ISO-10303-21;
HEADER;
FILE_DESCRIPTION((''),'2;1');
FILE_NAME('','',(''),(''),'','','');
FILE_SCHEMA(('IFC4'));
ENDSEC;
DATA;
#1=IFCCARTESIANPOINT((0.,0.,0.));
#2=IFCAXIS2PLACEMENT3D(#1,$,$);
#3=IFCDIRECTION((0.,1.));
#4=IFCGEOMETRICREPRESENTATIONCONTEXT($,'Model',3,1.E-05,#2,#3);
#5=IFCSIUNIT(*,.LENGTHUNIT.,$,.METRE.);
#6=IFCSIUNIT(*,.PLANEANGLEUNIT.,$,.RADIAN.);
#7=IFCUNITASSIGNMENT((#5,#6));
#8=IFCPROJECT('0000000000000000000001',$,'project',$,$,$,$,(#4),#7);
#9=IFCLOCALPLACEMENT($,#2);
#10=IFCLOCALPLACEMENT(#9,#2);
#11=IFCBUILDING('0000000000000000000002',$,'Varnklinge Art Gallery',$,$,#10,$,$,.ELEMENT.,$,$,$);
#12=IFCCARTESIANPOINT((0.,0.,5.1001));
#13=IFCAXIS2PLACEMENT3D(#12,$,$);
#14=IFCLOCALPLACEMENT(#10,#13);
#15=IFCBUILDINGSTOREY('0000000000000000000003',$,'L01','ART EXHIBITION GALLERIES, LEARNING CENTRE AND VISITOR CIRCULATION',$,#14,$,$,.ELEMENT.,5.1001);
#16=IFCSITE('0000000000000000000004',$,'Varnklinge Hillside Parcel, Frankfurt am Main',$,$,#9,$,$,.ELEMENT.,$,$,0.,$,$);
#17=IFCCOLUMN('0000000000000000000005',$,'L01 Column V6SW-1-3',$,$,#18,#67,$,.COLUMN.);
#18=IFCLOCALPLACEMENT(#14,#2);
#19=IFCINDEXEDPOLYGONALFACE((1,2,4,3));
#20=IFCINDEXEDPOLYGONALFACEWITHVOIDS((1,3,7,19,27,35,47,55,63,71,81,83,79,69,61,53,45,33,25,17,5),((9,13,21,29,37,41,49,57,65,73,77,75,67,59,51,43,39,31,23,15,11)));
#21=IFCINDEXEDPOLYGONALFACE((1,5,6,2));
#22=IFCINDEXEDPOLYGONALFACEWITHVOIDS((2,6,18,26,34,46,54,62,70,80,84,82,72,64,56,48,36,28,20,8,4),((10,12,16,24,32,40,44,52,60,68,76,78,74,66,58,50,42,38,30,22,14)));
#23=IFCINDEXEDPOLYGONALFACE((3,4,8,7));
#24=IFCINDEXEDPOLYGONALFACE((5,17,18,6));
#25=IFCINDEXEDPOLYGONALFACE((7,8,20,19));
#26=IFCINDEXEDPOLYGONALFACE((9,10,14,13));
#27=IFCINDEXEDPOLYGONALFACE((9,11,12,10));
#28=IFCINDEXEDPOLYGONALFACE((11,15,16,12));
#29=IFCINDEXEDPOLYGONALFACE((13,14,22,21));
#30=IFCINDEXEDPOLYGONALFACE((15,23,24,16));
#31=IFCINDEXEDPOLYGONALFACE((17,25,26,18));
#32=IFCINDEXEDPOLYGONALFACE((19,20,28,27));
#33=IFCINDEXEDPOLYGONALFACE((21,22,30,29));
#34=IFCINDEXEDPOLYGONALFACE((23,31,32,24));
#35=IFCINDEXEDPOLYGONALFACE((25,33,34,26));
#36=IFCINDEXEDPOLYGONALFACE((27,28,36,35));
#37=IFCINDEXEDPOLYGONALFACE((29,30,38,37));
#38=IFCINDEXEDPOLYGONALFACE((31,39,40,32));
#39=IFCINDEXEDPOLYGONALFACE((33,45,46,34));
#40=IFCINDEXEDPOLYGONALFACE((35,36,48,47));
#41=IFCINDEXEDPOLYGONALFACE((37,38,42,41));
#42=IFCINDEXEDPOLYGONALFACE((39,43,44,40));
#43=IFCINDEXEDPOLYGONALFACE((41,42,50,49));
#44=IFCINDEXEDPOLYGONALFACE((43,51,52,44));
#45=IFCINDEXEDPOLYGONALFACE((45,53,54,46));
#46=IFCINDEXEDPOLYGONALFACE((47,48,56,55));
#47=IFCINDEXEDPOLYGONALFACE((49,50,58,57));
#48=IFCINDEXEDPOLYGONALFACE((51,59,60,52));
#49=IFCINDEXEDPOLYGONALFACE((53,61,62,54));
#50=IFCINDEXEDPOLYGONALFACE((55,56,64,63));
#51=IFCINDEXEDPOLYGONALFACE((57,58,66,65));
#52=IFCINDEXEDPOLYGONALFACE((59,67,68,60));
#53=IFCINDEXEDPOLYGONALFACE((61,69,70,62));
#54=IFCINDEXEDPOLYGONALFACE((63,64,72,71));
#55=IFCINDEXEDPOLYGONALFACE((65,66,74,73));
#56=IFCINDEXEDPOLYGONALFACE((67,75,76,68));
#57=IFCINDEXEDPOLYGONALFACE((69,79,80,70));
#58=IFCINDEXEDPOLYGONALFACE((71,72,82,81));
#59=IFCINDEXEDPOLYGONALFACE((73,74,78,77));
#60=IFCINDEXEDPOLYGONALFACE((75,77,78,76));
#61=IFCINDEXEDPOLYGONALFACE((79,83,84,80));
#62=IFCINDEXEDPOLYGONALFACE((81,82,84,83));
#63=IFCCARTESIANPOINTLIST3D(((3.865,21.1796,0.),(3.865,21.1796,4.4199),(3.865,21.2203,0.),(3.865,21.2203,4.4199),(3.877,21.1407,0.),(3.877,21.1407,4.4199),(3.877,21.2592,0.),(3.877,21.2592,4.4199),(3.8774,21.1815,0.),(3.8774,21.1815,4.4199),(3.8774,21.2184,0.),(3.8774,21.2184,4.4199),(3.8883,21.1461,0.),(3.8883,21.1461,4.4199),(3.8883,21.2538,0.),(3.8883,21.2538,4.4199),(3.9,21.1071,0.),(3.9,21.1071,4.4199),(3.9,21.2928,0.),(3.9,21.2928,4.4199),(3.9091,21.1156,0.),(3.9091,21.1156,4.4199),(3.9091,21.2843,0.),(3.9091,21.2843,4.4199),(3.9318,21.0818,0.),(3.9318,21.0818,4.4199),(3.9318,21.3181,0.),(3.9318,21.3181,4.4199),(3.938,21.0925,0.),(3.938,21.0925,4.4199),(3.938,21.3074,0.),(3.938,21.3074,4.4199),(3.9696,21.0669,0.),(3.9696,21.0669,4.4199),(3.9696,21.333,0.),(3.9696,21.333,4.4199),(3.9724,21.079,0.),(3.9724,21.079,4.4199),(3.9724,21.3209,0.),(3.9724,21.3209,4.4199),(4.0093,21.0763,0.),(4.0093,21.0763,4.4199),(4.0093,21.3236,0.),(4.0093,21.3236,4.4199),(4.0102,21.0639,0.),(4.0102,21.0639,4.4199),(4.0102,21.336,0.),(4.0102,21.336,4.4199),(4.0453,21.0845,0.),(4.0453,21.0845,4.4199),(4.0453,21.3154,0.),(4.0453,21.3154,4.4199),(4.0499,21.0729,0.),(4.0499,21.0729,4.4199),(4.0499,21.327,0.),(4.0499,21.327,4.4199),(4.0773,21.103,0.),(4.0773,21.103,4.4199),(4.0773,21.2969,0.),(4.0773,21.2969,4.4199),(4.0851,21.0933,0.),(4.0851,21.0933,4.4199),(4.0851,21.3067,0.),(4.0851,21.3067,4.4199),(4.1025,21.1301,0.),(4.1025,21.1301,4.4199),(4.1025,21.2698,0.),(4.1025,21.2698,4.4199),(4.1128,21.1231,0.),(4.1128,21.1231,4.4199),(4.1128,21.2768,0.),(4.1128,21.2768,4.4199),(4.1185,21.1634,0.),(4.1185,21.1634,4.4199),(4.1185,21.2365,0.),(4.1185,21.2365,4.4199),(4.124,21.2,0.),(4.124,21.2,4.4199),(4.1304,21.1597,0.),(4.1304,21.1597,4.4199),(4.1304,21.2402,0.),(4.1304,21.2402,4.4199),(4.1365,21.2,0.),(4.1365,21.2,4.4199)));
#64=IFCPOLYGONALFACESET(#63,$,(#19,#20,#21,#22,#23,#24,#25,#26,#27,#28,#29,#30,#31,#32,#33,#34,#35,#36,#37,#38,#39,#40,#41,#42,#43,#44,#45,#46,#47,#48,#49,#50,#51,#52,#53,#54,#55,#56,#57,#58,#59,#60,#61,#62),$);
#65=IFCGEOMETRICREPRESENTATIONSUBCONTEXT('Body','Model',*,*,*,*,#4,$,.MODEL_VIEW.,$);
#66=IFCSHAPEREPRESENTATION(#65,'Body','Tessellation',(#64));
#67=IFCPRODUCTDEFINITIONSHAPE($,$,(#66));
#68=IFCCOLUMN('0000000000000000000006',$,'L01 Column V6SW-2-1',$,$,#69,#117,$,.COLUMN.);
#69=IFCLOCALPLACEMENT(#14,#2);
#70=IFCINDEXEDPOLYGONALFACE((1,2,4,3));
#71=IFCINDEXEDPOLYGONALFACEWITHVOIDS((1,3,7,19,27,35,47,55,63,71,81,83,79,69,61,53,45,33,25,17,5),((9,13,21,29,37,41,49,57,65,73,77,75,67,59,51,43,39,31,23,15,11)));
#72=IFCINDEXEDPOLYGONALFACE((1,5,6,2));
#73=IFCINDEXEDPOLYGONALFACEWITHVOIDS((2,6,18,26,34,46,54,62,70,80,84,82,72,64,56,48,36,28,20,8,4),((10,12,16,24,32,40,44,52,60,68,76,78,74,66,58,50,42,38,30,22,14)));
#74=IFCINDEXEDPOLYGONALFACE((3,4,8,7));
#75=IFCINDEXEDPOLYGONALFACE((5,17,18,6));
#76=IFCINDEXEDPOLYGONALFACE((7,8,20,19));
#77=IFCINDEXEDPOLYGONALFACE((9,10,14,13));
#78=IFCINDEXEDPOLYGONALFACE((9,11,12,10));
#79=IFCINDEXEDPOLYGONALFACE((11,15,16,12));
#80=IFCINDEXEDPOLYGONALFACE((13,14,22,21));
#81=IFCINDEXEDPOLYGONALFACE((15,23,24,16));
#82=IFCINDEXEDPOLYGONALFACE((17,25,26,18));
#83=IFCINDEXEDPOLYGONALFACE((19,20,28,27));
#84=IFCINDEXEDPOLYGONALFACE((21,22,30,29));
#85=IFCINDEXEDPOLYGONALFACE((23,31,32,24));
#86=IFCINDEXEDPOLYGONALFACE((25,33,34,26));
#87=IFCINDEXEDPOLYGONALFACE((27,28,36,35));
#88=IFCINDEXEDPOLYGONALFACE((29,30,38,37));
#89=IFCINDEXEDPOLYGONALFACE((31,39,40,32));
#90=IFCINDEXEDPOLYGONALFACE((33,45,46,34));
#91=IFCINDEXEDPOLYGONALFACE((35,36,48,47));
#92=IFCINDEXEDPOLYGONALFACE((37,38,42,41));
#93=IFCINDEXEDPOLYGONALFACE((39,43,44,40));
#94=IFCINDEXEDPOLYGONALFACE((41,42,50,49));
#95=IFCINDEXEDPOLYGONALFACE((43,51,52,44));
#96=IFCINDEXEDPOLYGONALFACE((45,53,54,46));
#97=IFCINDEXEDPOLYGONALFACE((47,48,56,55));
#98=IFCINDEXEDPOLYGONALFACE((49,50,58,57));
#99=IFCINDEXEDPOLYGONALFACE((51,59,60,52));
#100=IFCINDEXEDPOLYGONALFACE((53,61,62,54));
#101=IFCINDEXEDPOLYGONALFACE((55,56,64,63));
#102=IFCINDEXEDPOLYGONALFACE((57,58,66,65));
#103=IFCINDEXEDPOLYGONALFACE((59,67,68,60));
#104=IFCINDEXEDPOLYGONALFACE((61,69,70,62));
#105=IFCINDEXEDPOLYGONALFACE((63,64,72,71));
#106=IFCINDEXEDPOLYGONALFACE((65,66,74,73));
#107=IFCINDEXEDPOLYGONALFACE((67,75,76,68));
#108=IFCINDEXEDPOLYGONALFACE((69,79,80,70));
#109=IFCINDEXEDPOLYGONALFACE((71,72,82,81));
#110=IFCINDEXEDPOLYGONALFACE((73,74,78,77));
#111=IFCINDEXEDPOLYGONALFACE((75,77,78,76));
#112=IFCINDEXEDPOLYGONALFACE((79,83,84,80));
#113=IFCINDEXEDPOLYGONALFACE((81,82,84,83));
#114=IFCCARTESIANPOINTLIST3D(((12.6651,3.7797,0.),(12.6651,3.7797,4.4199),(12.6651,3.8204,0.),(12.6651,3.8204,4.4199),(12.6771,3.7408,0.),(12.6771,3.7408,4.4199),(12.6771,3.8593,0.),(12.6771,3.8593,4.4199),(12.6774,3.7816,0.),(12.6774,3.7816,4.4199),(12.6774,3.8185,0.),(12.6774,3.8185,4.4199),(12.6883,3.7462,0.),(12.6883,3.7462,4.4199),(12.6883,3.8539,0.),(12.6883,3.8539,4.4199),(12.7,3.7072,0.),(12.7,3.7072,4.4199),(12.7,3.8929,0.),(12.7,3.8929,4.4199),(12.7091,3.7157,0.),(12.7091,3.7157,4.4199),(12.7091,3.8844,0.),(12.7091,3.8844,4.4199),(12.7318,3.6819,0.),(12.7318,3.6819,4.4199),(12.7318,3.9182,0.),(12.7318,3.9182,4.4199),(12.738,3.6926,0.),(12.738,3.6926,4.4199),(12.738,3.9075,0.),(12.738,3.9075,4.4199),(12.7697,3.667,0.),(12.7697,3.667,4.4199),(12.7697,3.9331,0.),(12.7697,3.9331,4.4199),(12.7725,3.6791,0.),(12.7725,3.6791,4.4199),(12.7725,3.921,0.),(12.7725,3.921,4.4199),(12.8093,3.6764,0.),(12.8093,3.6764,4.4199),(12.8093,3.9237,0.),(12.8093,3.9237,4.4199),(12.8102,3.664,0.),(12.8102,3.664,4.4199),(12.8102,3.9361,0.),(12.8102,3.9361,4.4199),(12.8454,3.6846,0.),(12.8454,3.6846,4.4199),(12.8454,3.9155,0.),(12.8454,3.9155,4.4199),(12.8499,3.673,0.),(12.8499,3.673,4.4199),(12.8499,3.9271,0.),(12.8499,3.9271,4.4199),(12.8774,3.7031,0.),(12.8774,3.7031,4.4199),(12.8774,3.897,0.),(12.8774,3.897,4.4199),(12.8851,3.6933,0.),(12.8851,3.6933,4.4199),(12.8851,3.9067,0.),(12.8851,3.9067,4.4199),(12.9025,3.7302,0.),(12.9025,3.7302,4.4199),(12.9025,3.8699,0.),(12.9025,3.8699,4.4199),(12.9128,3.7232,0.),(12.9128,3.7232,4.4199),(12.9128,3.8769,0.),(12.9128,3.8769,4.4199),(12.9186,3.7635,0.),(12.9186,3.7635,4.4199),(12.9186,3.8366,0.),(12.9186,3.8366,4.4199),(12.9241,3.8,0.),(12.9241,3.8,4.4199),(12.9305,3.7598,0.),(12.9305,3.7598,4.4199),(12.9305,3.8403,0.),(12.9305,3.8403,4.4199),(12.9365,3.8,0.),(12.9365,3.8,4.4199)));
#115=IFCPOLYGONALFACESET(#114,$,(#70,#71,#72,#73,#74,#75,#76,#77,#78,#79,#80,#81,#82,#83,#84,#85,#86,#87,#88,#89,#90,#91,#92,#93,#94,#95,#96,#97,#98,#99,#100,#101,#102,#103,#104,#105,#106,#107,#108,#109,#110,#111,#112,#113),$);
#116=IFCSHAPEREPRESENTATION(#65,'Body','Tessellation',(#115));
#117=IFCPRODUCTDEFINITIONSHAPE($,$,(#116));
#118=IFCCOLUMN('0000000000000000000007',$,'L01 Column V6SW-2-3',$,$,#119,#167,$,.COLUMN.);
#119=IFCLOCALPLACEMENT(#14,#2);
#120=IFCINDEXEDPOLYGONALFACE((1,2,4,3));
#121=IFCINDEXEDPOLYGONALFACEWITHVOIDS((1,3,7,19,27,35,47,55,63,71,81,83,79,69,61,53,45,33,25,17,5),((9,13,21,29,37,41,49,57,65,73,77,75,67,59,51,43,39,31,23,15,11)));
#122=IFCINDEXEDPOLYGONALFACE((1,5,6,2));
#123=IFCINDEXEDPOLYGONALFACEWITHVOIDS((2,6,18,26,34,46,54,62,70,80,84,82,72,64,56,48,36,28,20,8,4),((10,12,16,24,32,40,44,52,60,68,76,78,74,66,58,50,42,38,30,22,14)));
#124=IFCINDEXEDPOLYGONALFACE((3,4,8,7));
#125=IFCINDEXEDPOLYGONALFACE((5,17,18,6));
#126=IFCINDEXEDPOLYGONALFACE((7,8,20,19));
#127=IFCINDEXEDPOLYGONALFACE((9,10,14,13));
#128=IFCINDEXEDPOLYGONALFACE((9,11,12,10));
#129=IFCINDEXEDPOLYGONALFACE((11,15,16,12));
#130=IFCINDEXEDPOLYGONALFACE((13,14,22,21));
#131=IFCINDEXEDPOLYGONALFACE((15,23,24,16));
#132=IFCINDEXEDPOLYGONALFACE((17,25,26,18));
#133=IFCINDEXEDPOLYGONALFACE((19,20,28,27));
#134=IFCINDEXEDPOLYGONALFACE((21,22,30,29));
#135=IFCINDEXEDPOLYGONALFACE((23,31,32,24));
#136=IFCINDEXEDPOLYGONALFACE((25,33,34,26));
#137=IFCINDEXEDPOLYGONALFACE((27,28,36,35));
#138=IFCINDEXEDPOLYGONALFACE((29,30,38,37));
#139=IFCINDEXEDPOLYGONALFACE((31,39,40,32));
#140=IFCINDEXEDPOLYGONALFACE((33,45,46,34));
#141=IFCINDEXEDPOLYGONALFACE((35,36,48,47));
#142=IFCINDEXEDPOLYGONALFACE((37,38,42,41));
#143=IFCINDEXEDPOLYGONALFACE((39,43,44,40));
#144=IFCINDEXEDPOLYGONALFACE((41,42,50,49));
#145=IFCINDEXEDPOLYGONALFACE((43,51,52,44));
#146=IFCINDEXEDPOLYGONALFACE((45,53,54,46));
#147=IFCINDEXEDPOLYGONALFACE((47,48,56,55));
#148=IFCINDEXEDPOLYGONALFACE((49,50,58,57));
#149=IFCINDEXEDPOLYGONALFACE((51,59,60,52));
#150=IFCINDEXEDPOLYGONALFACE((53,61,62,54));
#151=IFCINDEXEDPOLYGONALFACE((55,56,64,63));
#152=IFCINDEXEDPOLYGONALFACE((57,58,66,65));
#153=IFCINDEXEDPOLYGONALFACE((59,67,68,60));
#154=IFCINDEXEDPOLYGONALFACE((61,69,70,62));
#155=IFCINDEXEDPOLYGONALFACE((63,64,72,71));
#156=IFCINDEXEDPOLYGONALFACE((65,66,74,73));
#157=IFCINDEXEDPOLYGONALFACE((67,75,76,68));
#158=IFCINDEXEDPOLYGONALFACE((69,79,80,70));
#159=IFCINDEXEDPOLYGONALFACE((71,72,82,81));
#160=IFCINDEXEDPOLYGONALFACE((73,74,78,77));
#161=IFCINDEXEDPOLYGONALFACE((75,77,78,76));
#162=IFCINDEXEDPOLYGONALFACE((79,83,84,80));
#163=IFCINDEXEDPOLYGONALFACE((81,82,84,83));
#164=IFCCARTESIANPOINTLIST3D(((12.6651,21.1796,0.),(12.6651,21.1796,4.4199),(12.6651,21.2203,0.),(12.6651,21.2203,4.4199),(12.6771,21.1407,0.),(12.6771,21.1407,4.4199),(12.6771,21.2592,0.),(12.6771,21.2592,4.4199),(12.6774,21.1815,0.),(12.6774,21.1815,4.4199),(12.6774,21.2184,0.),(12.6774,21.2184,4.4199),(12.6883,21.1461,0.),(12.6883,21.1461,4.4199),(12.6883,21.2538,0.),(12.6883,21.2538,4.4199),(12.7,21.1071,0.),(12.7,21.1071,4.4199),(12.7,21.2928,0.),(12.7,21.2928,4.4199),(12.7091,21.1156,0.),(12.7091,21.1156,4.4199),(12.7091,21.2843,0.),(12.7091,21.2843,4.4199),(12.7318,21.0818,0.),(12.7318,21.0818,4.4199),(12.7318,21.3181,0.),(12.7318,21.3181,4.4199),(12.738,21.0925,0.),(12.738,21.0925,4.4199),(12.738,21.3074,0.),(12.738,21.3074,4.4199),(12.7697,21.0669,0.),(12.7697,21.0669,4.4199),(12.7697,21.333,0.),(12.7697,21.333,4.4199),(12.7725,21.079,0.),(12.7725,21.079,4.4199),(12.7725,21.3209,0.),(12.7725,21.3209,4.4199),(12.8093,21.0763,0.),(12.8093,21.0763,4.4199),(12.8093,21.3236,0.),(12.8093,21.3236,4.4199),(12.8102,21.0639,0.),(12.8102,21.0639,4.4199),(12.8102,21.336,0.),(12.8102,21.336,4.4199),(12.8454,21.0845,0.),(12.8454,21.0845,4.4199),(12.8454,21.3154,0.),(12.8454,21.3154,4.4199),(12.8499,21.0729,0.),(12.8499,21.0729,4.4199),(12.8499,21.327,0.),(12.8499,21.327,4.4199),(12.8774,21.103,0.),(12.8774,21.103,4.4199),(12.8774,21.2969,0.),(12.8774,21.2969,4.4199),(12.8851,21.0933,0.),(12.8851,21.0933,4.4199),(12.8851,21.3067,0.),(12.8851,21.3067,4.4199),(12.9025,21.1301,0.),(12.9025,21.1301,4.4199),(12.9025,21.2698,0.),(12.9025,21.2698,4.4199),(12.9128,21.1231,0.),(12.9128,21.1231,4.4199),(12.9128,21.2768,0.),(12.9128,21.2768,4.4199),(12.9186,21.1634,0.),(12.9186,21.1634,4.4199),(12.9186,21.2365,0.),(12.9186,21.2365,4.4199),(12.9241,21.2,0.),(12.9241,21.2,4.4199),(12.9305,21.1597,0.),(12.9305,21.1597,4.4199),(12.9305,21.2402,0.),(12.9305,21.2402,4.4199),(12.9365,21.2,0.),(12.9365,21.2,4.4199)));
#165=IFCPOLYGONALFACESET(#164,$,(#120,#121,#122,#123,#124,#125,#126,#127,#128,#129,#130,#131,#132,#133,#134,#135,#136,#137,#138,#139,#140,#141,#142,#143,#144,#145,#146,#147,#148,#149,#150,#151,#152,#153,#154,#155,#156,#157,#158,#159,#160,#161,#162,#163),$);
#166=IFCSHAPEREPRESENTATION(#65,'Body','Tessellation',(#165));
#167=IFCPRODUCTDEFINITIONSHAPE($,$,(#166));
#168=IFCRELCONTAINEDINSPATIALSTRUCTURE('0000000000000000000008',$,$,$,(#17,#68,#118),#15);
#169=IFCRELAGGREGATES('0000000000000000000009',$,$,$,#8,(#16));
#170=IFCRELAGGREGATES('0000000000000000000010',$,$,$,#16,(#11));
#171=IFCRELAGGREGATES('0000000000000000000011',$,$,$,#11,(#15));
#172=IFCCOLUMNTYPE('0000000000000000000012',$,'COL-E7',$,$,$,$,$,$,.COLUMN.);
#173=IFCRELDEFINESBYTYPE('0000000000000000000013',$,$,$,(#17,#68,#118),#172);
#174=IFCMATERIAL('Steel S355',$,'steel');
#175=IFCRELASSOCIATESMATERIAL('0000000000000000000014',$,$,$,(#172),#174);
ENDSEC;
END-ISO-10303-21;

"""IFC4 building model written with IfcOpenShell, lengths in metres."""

from ifc_helpers import new_model, si_unit, direction, frame, origin, origin_2d, place, context, subcontext, project, spatial, hollow_circle, extrude, material, material_profile, profile_set, type_object, element, save


model = new_model("IFC4")

# Units and contexts
model_context = context("Model", 3, precision=1e-05, world=origin(), true_north=direction((0.0, 1.0)))
body_context = subcontext(model_context, "Body", "Model", "MODEL_VIEW")
ifc_project = project(units=[si_unit("LENGTHUNIT", "METRE"), si_unit("PLANEANGLEUNIT", "RADIAN")], contexts=[model_context])

# Site, building, storey
site_placement = place(None, origin())
site = spatial("IfcSite", under=ifc_project, at=site_placement, Name="Varnklinge Hillside Parcel, Frankfurt am Main", CompositionType="ELEMENT", RefElevation=0.0)
building_placement = place(site_placement, origin())
building = spatial("IfcBuilding", under=site, at=building_placement, Name="Varnklinge Art Gallery", CompositionType="ELEMENT")
storey_placement = place(building_placement, frame((0.0, 0.0, 5.1001)))
storey = spatial("IfcBuildingStorey", under=building, at=storey_placement, Name="L01", Description="ART EXHIBITION GALLERIES, LEARNING CENTRE AND VISITOR CIRCULATION", CompositionType="ELEMENT", Elevation=5.1001)

# Columns
ifc_material_1 = material(Name="Steel S355", Category="steel")
ifc_material_profile_1 = material_profile(ifc_material_1, hollow_circle(Radius=0.1365, WallThickness=0.0125, at=origin_2d()), Name="CHS 273x12.5")
ifc_profile_set_1 = profile_set([ifc_material_profile_1], Name="Steel S355")
column_type_1 = type_object("IfcColumnType", Name="COL-E7", PredefinedType="COLUMN", material=ifc_profile_set_1)
for number, where, z_axis, x_axis, name in (
    (1, (4.0, 21.2, 0.0), (0.0, 0.0, 1.0), (1.0, 0.0, 0.0), "L01 Column V6SW-1-3"),
    (2, (12.8, 3.8, 0.0), (0.0, 0.0, 1.0), (1.0, 0.0, 0.0), "L01 Column V6SW-2-1"),
    (3, (12.8, 21.2, 0.0), (0.0, 0.0, 1.0), (1.0, 0.0, 0.0), "L01 Column V6SW-2-3"),
):
    element("IfcColumn", number, at=place(storey_placement, frame(where, z_axis=z_axis, x_axis=x_axis)), inside=storey, type_object=column_type_1, Name=name, PredefinedType="COLUMN", context=body_context, shape_type="SweptSolid", body=[
        extrude(hollow_circle(Radius=0.1365, WallThickness=0.0125, at=origin_2d()), origin(), (0.0, 0.0, 1.0), 4.4199),
    ])

save(model, "model.ifc")
